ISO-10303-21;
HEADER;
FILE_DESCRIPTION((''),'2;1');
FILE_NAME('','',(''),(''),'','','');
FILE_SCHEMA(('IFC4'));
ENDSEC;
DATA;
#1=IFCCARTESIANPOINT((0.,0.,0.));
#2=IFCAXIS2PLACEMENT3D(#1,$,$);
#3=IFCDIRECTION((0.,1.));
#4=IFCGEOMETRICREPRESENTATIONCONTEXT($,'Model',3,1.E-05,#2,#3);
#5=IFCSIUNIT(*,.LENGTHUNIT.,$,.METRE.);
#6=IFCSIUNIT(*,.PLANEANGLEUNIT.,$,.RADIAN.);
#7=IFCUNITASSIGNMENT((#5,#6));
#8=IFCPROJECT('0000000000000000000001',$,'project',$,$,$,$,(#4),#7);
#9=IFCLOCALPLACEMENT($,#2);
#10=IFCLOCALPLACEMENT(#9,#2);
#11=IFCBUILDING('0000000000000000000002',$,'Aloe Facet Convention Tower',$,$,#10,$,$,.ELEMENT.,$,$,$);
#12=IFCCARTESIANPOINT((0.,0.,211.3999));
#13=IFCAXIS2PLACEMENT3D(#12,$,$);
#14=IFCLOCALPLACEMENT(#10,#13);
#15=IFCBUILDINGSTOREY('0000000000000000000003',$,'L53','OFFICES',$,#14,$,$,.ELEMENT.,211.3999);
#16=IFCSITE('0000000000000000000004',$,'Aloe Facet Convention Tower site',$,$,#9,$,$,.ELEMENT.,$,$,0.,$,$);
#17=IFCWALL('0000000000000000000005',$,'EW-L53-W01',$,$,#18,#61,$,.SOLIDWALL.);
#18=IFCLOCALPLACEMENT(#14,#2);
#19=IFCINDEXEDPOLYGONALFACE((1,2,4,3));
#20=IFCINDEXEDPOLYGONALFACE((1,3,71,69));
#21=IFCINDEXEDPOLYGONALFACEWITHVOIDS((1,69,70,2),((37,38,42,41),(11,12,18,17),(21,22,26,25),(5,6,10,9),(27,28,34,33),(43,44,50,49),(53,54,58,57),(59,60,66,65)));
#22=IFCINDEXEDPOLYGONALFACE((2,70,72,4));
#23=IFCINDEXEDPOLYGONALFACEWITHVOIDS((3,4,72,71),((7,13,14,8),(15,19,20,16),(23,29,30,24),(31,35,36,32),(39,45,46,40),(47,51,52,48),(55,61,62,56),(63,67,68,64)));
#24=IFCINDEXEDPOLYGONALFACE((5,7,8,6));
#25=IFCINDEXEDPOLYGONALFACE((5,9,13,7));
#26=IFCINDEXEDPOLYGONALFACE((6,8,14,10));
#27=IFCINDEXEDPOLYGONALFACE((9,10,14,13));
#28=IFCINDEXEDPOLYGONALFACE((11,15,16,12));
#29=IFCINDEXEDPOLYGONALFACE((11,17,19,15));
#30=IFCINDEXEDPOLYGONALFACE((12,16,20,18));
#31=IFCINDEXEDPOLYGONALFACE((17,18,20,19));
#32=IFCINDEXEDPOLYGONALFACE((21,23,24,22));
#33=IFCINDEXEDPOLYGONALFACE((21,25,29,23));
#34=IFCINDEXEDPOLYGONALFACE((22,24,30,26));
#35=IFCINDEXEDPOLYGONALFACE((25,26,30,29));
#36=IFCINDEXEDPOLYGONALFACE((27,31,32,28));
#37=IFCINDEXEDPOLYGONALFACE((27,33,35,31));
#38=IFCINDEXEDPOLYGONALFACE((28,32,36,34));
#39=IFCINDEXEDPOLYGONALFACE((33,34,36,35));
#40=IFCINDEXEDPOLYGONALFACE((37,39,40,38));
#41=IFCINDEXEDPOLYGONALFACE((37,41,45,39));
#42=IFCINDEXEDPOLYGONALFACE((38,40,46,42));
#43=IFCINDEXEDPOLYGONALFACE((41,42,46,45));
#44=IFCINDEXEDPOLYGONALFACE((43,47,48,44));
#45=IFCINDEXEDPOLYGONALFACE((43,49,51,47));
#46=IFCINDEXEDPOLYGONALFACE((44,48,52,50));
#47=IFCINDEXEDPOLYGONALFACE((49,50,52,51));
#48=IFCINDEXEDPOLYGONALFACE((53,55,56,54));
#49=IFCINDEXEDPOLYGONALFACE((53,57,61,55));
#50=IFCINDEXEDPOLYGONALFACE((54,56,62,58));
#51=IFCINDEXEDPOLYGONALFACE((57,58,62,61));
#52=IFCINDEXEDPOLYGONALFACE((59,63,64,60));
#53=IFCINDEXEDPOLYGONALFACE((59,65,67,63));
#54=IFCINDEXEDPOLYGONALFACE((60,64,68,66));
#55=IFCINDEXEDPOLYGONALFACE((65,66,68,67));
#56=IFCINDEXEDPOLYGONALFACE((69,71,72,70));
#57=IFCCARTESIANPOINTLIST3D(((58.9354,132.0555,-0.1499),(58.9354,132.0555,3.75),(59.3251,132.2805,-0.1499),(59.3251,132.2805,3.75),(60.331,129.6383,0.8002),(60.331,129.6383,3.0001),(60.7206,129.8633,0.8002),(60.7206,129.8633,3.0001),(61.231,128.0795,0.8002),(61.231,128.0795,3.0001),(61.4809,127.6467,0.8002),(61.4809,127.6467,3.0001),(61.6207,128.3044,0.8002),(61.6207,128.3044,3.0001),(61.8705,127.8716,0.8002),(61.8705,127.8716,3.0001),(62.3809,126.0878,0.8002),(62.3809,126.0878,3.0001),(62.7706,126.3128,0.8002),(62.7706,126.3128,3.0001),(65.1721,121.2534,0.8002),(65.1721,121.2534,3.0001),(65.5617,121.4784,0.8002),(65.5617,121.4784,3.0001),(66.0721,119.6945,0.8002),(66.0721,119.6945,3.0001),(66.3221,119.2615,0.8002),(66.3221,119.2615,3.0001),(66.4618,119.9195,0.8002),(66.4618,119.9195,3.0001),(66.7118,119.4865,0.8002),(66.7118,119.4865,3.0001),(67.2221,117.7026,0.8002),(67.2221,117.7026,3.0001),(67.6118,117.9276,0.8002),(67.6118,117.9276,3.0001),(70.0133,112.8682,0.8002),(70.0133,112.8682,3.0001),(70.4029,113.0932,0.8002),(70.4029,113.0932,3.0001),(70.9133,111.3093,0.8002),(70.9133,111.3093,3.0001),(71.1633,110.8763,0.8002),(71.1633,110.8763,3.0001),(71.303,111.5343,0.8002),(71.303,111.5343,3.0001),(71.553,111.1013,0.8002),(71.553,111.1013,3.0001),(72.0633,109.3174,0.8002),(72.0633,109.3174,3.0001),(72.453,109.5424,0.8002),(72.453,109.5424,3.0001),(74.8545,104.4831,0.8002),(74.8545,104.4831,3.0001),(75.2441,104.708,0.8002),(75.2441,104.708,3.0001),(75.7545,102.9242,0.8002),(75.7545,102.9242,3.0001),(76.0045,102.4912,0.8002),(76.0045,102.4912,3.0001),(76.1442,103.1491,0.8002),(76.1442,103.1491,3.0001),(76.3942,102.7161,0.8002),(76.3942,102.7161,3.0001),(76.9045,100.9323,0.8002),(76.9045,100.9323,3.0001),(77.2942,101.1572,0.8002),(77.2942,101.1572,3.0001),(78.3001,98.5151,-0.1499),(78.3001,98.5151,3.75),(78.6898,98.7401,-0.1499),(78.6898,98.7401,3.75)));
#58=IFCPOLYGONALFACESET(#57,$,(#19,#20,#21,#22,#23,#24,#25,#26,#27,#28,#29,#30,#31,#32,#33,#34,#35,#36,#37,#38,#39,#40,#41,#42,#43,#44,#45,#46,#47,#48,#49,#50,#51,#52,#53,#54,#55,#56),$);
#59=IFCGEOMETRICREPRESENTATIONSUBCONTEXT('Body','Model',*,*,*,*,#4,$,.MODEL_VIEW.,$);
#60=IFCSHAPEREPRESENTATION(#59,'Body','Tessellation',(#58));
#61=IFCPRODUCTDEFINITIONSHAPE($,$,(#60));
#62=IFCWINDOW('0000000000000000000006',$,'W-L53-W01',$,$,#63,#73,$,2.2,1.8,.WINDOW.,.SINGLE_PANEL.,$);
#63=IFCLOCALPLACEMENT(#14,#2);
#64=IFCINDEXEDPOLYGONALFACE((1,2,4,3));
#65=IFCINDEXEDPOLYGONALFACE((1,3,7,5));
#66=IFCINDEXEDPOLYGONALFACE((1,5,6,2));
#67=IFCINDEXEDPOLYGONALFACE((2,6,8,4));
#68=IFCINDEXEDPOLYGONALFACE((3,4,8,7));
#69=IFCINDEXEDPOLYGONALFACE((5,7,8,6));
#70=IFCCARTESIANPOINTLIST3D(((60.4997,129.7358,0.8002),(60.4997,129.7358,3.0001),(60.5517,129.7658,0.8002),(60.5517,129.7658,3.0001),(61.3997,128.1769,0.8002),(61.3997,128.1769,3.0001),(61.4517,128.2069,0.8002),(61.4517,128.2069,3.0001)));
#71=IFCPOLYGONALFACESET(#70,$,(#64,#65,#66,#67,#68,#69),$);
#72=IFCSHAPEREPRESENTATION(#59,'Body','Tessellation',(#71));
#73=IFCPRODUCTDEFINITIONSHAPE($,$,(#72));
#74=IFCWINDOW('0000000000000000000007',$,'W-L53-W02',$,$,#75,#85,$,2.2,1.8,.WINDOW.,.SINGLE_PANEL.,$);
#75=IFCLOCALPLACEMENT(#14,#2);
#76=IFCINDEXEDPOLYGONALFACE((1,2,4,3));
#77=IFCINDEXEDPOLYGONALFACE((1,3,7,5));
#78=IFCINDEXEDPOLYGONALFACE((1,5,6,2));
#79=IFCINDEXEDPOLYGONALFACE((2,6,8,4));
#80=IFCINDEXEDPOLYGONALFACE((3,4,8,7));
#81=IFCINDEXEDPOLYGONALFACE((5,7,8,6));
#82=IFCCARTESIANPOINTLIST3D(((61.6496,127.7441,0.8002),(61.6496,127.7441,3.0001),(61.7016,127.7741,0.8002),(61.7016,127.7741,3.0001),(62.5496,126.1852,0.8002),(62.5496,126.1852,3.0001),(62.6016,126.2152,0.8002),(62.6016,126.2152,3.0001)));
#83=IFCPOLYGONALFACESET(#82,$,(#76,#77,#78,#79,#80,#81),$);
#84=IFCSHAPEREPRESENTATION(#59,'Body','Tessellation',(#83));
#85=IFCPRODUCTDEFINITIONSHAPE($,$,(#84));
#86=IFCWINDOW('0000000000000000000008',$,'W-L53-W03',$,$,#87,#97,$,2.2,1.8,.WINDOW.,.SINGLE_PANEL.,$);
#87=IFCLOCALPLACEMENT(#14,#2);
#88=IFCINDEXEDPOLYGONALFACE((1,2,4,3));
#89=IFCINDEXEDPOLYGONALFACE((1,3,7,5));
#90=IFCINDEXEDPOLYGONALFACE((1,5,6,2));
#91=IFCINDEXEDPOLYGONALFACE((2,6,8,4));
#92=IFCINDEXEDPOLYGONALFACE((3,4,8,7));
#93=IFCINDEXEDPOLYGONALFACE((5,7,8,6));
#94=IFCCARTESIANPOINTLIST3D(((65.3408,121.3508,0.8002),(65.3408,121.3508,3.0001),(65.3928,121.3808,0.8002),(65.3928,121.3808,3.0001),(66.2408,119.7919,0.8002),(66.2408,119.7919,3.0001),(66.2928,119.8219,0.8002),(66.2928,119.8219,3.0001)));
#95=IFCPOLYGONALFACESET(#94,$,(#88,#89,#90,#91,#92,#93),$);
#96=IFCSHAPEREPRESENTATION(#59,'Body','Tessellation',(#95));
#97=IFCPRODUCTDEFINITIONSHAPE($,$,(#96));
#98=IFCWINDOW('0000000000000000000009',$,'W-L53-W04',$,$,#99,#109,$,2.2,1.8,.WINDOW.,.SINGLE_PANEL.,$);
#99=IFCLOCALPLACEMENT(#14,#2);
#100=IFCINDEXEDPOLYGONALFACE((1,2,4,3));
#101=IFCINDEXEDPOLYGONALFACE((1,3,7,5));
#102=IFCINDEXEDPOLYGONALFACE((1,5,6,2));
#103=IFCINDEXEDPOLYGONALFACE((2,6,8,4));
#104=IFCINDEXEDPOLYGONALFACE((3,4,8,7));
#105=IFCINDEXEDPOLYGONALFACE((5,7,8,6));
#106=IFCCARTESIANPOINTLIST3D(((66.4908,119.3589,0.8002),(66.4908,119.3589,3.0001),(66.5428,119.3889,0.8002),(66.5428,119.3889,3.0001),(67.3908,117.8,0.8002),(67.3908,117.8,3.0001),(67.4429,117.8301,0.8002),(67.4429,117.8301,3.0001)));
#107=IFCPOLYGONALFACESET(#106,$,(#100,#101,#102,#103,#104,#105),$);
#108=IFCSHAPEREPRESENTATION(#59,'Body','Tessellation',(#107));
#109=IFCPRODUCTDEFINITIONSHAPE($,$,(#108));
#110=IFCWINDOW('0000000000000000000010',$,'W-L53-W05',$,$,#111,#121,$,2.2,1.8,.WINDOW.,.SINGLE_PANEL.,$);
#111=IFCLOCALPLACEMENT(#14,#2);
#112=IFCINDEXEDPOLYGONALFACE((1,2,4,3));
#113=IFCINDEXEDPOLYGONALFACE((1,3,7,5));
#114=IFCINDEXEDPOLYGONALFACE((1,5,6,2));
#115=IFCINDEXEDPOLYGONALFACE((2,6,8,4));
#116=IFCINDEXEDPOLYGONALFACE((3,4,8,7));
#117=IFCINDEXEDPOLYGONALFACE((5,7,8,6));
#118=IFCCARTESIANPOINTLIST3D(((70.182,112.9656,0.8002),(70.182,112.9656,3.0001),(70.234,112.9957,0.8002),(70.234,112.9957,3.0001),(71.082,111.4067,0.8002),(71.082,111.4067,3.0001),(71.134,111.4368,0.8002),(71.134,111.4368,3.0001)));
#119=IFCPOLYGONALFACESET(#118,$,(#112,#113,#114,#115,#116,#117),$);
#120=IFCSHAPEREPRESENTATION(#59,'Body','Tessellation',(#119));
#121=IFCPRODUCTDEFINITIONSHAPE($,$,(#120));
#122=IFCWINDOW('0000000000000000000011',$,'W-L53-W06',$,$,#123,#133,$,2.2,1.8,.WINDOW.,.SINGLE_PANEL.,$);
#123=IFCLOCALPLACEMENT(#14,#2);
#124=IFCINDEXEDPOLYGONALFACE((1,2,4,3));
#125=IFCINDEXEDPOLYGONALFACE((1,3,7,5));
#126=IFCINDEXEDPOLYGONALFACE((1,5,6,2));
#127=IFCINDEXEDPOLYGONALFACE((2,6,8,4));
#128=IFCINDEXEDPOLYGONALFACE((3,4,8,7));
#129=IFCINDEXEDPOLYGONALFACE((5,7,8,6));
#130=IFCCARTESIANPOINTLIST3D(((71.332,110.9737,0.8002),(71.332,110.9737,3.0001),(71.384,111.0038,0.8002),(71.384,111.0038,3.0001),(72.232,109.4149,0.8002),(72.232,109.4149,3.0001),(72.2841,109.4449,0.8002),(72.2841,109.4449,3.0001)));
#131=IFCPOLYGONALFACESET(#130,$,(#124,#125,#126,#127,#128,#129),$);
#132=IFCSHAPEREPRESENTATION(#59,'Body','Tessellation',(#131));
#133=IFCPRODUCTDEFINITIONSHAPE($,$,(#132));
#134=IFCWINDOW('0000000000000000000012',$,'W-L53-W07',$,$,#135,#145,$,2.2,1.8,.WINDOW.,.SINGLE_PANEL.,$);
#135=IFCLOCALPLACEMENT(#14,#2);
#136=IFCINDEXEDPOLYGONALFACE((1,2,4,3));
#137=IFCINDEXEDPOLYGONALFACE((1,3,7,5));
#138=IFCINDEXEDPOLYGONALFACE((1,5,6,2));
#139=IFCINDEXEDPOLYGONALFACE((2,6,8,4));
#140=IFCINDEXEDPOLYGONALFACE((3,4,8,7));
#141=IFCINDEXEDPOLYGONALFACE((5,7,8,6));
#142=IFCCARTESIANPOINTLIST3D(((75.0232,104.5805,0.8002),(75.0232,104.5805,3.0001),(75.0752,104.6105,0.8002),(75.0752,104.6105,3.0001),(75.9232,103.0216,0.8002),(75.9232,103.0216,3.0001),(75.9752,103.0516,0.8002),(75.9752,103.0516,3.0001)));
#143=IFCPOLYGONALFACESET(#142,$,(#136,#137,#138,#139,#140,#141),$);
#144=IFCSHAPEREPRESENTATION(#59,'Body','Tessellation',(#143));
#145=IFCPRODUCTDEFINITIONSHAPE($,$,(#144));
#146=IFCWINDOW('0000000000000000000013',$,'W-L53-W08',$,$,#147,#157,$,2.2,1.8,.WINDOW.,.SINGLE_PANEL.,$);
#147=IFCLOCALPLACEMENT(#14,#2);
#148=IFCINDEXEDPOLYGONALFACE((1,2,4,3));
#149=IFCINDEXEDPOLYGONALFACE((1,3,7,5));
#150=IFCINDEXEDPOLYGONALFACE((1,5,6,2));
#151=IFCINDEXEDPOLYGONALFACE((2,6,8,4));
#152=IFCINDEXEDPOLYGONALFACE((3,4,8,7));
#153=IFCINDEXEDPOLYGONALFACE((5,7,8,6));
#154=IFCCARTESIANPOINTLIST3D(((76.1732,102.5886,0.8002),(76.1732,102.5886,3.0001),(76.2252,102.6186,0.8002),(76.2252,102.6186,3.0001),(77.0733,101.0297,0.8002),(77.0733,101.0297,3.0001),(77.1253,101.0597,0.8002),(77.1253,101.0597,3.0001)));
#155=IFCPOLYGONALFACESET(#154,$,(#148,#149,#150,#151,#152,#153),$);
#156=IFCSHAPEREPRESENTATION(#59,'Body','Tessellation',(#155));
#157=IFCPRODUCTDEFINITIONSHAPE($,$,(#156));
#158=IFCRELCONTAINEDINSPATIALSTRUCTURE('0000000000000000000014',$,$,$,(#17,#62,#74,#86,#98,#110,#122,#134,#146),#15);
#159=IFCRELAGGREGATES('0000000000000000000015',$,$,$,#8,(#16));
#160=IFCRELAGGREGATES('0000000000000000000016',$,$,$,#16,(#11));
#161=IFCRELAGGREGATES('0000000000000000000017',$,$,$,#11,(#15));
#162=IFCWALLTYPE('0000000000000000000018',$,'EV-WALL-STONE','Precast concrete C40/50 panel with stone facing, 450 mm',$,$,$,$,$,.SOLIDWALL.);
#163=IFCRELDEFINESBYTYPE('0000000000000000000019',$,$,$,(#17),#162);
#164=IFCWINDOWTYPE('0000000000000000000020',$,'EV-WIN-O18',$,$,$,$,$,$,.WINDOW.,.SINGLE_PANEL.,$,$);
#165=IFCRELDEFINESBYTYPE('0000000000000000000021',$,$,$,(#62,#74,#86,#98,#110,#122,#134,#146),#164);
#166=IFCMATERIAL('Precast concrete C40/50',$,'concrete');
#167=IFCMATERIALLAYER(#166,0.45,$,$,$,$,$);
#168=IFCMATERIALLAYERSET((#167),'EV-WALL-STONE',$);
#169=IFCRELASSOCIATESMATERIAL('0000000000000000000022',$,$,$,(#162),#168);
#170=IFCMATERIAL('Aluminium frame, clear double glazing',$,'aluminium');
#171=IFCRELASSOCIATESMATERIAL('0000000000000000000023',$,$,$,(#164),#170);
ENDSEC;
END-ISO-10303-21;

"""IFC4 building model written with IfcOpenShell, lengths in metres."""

from ifc_helpers import new_model, si_unit, direction, frame, frame_2d, origin, place, context, subcontext, project, spatial, polyline, rectangle, outline, extrude, material, layer, layer_set, type_object, element, fill, save


model = new_model("IFC4")

# Units and contexts
model_context = context("Model", 3, precision=1e-05, world=origin(), true_north=direction((0.0, 1.0)))
body_context = subcontext(model_context, "Body", "Model", "MODEL_VIEW")
ifc_project = project(units=[si_unit("LENGTHUNIT", "METRE"), si_unit("PLANEANGLEUNIT", "RADIAN")], contexts=[model_context])

# Site, building, storey
site_placement = place(None, origin())
site = spatial("IfcSite", under=ifc_project, at=site_placement, Name="Aloe Facet Convention Tower site", CompositionType="ELEMENT", RefElevation=0.0)
building_placement = place(site_placement, origin())
building = spatial("IfcBuilding", under=site, at=building_placement, Name="Aloe Facet Convention Tower", CompositionType="ELEMENT")
storey_placement = place(building_placement, frame((0.0, 0.0, 211.3999)))
storey = spatial("IfcBuildingStorey", under=building, at=storey_placement, Name="L53", Description="OFFICES", CompositionType="ELEMENT", Elevation=211.3999)

# Wall, openings, windows
ifc_material_1 = material(Name="Precast concrete C40/50", Category="concrete")
ifc_layer_1 = layer(ifc_material_1, 0.45)
ifc_layer_set_1 = layer_set([ifc_layer_1], Name="EV-WALL-STONE")
wall_type_1 = type_object("IfcWallType", Name="EV-WALL-STONE", Description="Precast concrete C40/50 panel with stone facing, 450 mm", PredefinedType="SOLIDWALL", material=ifc_layer_set_1)
wall_1_placement = place(storey_placement, frame((59.1301, 132.168, -0.1499), z_axis=(0.0, 0.0, 1.0), x_axis=(0.500002, -0.866024, 0.0)))
wall_1 = element("IfcWall", 1, at=wall_1_placement, inside=storey, type_object=wall_type_1, Name="EW-L53-W01", PredefinedType="SOLIDWALL", context=body_context, shape_type="SweptSolid", body=[
    extrude(outline(polyline([(38.7292, 0.0), (38.7292, 3.8999), (0.0, 3.8999), (0.0, 0.0), (38.7292, 0.0)])), frame((0.0, 0.2251, 0.0), z_axis=(0.0, -1.0, 0.0), x_axis=(1.0, 0.0, 0.0)), (0.0, 0.0, 1.0), 0.45),
])
opening_1_placement = place(wall_1_placement, frame((2.7913, 0.0, 0.95)))
opening_1 = element("IfcOpeningElement", 2, at=opening_1_placement, cuts=wall_1, PredefinedType="OPENING", context=body_context, shape_type="SweptSolid", body=[
    extrude(rectangle(XDim=1.8, YDim=2.2, at=frame_2d((0.8999, 1.1001))), frame((0.0, 0.2349, 0.0), z_axis=(0.0, -1.0, 0.0), x_axis=(1.0, 0.0, 0.0)), (0.0, 0.0, 1.0), 0.47),
])
opening_2_placement = place(wall_1_placement, frame((5.0911, 0.0, 0.95)))
opening_2 = element("IfcOpeningElement", 3, at=opening_2_placement, cuts=wall_1, PredefinedType="OPENING", context=body_context, shape_type="SweptSolid", body=[
    extrude(rectangle(XDim=1.8, YDim=2.2, at=frame_2d((0.8999, 1.1001))), frame((0.0, 0.2349, 0.0), z_axis=(0.0, -1.0, 0.0), x_axis=(1.0, 0.0, 0.0)), (0.0, 0.0, 1.0), 0.47),
])
opening_3_placement = place(wall_1_placement, frame((12.4734, 0.0, 0.95)))
opening_3 = element("IfcOpeningElement", 4, at=opening_3_placement, cuts=wall_1, PredefinedType="OPENING", context=body_context, shape_type="SweptSolid", body=[
    extrude(rectangle(XDim=1.8, YDim=2.2, at=frame_2d((0.8999, 1.1001))), frame((0.0, 0.2349, 0.0), z_axis=(0.0, -1.0, 0.0), x_axis=(1.0, 0.0, 0.0)), (0.0, 0.0, 1.0), 0.47),
])
opening_4_placement = place(wall_1_placement, frame((14.7734, 0.0, 0.95)))
opening_4 = element("IfcOpeningElement", 5, at=opening_4_placement, cuts=wall_1, PredefinedType="OPENING", context=body_context, shape_type="SweptSolid", body=[
    extrude(rectangle(XDim=1.8, YDim=2.2, at=frame_2d((0.8999, 1.1001))), frame((0.0, 0.2349, 0.0), z_axis=(0.0, -1.0, 0.0), x_axis=(1.0, 0.0, 0.0)), (0.0, 0.0, 1.0), 0.47),
])
opening_5_placement = place(wall_1_placement, frame((22.1558, 0.0, 0.95)))
opening_5 = element("IfcOpeningElement", 6, at=opening_5_placement, cuts=wall_1, PredefinedType="OPENING", context=body_context, shape_type="SweptSolid", body=[
    extrude(rectangle(XDim=1.8, YDim=2.2, at=frame_2d((0.8999, 1.1001))), frame((0.0, 0.2349, 0.0), z_axis=(0.0, -1.0, 0.0), x_axis=(1.0, 0.0, 0.0)), (0.0, 0.0, 1.0), 0.47),
])
opening_6_placement = place(wall_1_placement, frame((24.4558, 0.0, 0.95)))
opening_6 = element("IfcOpeningElement", 7, at=opening_6_placement, cuts=wall_1, PredefinedType="OPENING", context=body_context, shape_type="SweptSolid", body=[
    extrude(rectangle(XDim=1.8, YDim=2.2, at=frame_2d((0.8999, 1.1001))), frame((0.0, 0.2349, 0.0), z_axis=(0.0, -1.0, 0.0), x_axis=(1.0, 0.0, 0.0)), (0.0, 0.0, 1.0), 0.47),
])
opening_7_placement = place(wall_1_placement, frame((31.8381, 0.0, 0.95)))
opening_7 = element("IfcOpeningElement", 8, at=opening_7_placement, cuts=wall_1, PredefinedType="OPENING", context=body_context, shape_type="SweptSolid", body=[
    extrude(rectangle(XDim=1.8, YDim=2.2, at=frame_2d((0.8999, 1.1001))), frame((0.0, 0.2349, 0.0), z_axis=(0.0, -1.0, 0.0), x_axis=(1.0, 0.0, 0.0)), (0.0, 0.0, 1.0), 0.47),
])
opening_8_placement = place(wall_1_placement, frame((34.1382, 0.0, 0.95)))
opening_8 = element("IfcOpeningElement", 9, at=opening_8_placement, cuts=wall_1, PredefinedType="OPENING", context=body_context, shape_type="SweptSolid", body=[
    extrude(rectangle(XDim=1.8, YDim=2.2, at=frame_2d((0.8999, 1.1001))), frame((0.0, 0.2349, 0.0), z_axis=(0.0, -1.0, 0.0), x_axis=(1.0, 0.0, 0.0)), (0.0, 0.0, 1.0), 0.47),
])
ifc_material_2 = material(Name="Aluminium frame, clear double glazing", Category="aluminium")
window_type = type_object("IfcWindowType", Name="EV-WIN-O18", PartitioningType="SINGLE_PANEL", PredefinedType="WINDOW", material=ifc_material_2)
window_1_placement = place(opening_1_placement, origin())
window_1 = element("IfcWindow", 10, at=window_1_placement, inside=storey, type_object=window_type, Name="W-L53-W01", OverallHeight=2.2, OverallWidth=1.8, PartitioningType="SINGLE_PANEL", PredefinedType="WINDOW", context=body_context, shape_type="SweptSolid", body=[
    extrude(rectangle(XDim=1.8, YDim=2.2, at=frame_2d((0.8999, 1.1001))), frame((0.0, 0.03, 0.0), z_axis=(0.0, -1.0, 0.0), x_axis=(1.0, 0.0, 0.0)), (0.0, 0.0, 1.0), 0.0601),
])
fill(opening_1, window_1)
window_2_placement = place(opening_2_placement, origin())
window_2 = element("IfcWindow", 11, at=window_2_placement, inside=storey, type_object=window_type, Name="W-L53-W02", OverallHeight=2.2, OverallWidth=1.8, PartitioningType="SINGLE_PANEL", PredefinedType="WINDOW", context=body_context, shape_type="SweptSolid", body=[
    extrude(rectangle(XDim=1.8, YDim=2.2, at=frame_2d((0.8999, 1.1001))), frame((0.0, 0.03, 0.0), z_axis=(0.0, -1.0, 0.0), x_axis=(1.0, 0.0, 0.0)), (0.0, 0.0, 1.0), 0.0601),
])
fill(opening_2, window_2)
window_3_placement = place(opening_3_placement, origin())
window_3 = element("IfcWindow", 12, at=window_3_placement, inside=storey, type_object=window_type, Name="W-L53-W03", OverallHeight=2.2, OverallWidth=1.8, PartitioningType="SINGLE_PANEL", PredefinedType="WINDOW", context=body_context, shape_type="SweptSolid", body=[
    extrude(rectangle(XDim=1.8, YDim=2.2, at=frame_2d((0.8999, 1.1001))), frame((0.0, 0.03, 0.0), z_axis=(0.0, -1.0, 0.0), x_axis=(1.0, 0.0, 0.0)), (0.0, 0.0, 1.0), 0.0601),
])
fill(opening_3, window_3)
window_4_placement = place(opening_4_placement, origin())
window_4 = element("IfcWindow", 13, at=window_4_placement, inside=storey, type_object=window_type, Name="W-L53-W04", OverallHeight=2.2, OverallWidth=1.8, PartitioningType="SINGLE_PANEL", PredefinedType="WINDOW", context=body_context, shape_type="SweptSolid", body=[
    extrude(rectangle(XDim=1.8, YDim=2.2, at=frame_2d((0.8999, 1.1001))), frame((0.0, 0.03, 0.0), z_axis=(0.0, -1.0, 0.0), x_axis=(1.0, 0.0, 0.0)), (0.0, 0.0, 1.0), 0.0601),
])
fill(opening_4, window_4)
window_5_placement = place(opening_5_placement, origin())
window_5 = element("IfcWindow", 14, at=window_5_placement, inside=storey, type_object=window_type, Name="W-L53-W05", OverallHeight=2.2, OverallWidth=1.8, PartitioningType="SINGLE_PANEL", PredefinedType="WINDOW", context=body_context, shape_type="SweptSolid", body=[
    extrude(rectangle(XDim=1.8, YDim=2.2, at=frame_2d((0.8999, 1.1001))), frame((0.0, 0.03, 0.0), z_axis=(0.0, -1.0, 0.0), x_axis=(1.0, 0.0, 0.0)), (0.0, 0.0, 1.0), 0.0601),
])
fill(opening_5, window_5)
window_6_placement = place(opening_6_placement, origin())
window_6 = element("IfcWindow", 15, at=window_6_placement, inside=storey, type_object=window_type, Name="W-L53-W06", OverallHeight=2.2, OverallWidth=1.8, PartitioningType="SINGLE_PANEL", PredefinedType="WINDOW", context=body_context, shape_type="SweptSolid", body=[
    extrude(rectangle(XDim=1.8, YDim=2.2, at=frame_2d((0.8999, 1.1001))), frame((0.0, 0.03, 0.0), z_axis=(0.0, -1.0, 0.0), x_axis=(1.0, 0.0, 0.0)), (0.0, 0.0, 1.0), 0.0601),
])
fill(opening_6, window_6)
window_7_placement = place(opening_7_placement, origin())
window_7 = element("IfcWindow", 16, at=window_7_placement, inside=storey, type_object=window_type, Name="W-L53-W07", OverallHeight=2.2, OverallWidth=1.8, PartitioningType="SINGLE_PANEL", PredefinedType="WINDOW", context=body_context, shape_type="SweptSolid", body=[
    extrude(rectangle(XDim=1.8, YDim=2.2, at=frame_2d((0.8999, 1.1001))), frame((0.0, 0.03, 0.0), z_axis=(0.0, -1.0, 0.0), x_axis=(1.0, 0.0, 0.0)), (0.0, 0.0, 1.0), 0.0601),
])
fill(opening_7, window_7)
window_8_placement = place(opening_8_placement, origin())
window_8 = element("IfcWindow", 17, at=window_8_placement, inside=storey, type_object=window_type, Name="W-L53-W08", OverallHeight=2.2, OverallWidth=1.8, PartitioningType="SINGLE_PANEL", PredefinedType="WINDOW", context=body_context, shape_type="SweptSolid", body=[
    extrude(rectangle(XDim=1.8, YDim=2.2, at=frame_2d((0.8999, 1.1001))), frame((0.0, 0.03, 0.0), z_axis=(0.0, -1.0, 0.0), x_axis=(1.0, 0.0, 0.0)), (0.0, 0.0, 1.0), 0.0601),
])
fill(opening_8, window_8)

save(model, "model.ifc")
